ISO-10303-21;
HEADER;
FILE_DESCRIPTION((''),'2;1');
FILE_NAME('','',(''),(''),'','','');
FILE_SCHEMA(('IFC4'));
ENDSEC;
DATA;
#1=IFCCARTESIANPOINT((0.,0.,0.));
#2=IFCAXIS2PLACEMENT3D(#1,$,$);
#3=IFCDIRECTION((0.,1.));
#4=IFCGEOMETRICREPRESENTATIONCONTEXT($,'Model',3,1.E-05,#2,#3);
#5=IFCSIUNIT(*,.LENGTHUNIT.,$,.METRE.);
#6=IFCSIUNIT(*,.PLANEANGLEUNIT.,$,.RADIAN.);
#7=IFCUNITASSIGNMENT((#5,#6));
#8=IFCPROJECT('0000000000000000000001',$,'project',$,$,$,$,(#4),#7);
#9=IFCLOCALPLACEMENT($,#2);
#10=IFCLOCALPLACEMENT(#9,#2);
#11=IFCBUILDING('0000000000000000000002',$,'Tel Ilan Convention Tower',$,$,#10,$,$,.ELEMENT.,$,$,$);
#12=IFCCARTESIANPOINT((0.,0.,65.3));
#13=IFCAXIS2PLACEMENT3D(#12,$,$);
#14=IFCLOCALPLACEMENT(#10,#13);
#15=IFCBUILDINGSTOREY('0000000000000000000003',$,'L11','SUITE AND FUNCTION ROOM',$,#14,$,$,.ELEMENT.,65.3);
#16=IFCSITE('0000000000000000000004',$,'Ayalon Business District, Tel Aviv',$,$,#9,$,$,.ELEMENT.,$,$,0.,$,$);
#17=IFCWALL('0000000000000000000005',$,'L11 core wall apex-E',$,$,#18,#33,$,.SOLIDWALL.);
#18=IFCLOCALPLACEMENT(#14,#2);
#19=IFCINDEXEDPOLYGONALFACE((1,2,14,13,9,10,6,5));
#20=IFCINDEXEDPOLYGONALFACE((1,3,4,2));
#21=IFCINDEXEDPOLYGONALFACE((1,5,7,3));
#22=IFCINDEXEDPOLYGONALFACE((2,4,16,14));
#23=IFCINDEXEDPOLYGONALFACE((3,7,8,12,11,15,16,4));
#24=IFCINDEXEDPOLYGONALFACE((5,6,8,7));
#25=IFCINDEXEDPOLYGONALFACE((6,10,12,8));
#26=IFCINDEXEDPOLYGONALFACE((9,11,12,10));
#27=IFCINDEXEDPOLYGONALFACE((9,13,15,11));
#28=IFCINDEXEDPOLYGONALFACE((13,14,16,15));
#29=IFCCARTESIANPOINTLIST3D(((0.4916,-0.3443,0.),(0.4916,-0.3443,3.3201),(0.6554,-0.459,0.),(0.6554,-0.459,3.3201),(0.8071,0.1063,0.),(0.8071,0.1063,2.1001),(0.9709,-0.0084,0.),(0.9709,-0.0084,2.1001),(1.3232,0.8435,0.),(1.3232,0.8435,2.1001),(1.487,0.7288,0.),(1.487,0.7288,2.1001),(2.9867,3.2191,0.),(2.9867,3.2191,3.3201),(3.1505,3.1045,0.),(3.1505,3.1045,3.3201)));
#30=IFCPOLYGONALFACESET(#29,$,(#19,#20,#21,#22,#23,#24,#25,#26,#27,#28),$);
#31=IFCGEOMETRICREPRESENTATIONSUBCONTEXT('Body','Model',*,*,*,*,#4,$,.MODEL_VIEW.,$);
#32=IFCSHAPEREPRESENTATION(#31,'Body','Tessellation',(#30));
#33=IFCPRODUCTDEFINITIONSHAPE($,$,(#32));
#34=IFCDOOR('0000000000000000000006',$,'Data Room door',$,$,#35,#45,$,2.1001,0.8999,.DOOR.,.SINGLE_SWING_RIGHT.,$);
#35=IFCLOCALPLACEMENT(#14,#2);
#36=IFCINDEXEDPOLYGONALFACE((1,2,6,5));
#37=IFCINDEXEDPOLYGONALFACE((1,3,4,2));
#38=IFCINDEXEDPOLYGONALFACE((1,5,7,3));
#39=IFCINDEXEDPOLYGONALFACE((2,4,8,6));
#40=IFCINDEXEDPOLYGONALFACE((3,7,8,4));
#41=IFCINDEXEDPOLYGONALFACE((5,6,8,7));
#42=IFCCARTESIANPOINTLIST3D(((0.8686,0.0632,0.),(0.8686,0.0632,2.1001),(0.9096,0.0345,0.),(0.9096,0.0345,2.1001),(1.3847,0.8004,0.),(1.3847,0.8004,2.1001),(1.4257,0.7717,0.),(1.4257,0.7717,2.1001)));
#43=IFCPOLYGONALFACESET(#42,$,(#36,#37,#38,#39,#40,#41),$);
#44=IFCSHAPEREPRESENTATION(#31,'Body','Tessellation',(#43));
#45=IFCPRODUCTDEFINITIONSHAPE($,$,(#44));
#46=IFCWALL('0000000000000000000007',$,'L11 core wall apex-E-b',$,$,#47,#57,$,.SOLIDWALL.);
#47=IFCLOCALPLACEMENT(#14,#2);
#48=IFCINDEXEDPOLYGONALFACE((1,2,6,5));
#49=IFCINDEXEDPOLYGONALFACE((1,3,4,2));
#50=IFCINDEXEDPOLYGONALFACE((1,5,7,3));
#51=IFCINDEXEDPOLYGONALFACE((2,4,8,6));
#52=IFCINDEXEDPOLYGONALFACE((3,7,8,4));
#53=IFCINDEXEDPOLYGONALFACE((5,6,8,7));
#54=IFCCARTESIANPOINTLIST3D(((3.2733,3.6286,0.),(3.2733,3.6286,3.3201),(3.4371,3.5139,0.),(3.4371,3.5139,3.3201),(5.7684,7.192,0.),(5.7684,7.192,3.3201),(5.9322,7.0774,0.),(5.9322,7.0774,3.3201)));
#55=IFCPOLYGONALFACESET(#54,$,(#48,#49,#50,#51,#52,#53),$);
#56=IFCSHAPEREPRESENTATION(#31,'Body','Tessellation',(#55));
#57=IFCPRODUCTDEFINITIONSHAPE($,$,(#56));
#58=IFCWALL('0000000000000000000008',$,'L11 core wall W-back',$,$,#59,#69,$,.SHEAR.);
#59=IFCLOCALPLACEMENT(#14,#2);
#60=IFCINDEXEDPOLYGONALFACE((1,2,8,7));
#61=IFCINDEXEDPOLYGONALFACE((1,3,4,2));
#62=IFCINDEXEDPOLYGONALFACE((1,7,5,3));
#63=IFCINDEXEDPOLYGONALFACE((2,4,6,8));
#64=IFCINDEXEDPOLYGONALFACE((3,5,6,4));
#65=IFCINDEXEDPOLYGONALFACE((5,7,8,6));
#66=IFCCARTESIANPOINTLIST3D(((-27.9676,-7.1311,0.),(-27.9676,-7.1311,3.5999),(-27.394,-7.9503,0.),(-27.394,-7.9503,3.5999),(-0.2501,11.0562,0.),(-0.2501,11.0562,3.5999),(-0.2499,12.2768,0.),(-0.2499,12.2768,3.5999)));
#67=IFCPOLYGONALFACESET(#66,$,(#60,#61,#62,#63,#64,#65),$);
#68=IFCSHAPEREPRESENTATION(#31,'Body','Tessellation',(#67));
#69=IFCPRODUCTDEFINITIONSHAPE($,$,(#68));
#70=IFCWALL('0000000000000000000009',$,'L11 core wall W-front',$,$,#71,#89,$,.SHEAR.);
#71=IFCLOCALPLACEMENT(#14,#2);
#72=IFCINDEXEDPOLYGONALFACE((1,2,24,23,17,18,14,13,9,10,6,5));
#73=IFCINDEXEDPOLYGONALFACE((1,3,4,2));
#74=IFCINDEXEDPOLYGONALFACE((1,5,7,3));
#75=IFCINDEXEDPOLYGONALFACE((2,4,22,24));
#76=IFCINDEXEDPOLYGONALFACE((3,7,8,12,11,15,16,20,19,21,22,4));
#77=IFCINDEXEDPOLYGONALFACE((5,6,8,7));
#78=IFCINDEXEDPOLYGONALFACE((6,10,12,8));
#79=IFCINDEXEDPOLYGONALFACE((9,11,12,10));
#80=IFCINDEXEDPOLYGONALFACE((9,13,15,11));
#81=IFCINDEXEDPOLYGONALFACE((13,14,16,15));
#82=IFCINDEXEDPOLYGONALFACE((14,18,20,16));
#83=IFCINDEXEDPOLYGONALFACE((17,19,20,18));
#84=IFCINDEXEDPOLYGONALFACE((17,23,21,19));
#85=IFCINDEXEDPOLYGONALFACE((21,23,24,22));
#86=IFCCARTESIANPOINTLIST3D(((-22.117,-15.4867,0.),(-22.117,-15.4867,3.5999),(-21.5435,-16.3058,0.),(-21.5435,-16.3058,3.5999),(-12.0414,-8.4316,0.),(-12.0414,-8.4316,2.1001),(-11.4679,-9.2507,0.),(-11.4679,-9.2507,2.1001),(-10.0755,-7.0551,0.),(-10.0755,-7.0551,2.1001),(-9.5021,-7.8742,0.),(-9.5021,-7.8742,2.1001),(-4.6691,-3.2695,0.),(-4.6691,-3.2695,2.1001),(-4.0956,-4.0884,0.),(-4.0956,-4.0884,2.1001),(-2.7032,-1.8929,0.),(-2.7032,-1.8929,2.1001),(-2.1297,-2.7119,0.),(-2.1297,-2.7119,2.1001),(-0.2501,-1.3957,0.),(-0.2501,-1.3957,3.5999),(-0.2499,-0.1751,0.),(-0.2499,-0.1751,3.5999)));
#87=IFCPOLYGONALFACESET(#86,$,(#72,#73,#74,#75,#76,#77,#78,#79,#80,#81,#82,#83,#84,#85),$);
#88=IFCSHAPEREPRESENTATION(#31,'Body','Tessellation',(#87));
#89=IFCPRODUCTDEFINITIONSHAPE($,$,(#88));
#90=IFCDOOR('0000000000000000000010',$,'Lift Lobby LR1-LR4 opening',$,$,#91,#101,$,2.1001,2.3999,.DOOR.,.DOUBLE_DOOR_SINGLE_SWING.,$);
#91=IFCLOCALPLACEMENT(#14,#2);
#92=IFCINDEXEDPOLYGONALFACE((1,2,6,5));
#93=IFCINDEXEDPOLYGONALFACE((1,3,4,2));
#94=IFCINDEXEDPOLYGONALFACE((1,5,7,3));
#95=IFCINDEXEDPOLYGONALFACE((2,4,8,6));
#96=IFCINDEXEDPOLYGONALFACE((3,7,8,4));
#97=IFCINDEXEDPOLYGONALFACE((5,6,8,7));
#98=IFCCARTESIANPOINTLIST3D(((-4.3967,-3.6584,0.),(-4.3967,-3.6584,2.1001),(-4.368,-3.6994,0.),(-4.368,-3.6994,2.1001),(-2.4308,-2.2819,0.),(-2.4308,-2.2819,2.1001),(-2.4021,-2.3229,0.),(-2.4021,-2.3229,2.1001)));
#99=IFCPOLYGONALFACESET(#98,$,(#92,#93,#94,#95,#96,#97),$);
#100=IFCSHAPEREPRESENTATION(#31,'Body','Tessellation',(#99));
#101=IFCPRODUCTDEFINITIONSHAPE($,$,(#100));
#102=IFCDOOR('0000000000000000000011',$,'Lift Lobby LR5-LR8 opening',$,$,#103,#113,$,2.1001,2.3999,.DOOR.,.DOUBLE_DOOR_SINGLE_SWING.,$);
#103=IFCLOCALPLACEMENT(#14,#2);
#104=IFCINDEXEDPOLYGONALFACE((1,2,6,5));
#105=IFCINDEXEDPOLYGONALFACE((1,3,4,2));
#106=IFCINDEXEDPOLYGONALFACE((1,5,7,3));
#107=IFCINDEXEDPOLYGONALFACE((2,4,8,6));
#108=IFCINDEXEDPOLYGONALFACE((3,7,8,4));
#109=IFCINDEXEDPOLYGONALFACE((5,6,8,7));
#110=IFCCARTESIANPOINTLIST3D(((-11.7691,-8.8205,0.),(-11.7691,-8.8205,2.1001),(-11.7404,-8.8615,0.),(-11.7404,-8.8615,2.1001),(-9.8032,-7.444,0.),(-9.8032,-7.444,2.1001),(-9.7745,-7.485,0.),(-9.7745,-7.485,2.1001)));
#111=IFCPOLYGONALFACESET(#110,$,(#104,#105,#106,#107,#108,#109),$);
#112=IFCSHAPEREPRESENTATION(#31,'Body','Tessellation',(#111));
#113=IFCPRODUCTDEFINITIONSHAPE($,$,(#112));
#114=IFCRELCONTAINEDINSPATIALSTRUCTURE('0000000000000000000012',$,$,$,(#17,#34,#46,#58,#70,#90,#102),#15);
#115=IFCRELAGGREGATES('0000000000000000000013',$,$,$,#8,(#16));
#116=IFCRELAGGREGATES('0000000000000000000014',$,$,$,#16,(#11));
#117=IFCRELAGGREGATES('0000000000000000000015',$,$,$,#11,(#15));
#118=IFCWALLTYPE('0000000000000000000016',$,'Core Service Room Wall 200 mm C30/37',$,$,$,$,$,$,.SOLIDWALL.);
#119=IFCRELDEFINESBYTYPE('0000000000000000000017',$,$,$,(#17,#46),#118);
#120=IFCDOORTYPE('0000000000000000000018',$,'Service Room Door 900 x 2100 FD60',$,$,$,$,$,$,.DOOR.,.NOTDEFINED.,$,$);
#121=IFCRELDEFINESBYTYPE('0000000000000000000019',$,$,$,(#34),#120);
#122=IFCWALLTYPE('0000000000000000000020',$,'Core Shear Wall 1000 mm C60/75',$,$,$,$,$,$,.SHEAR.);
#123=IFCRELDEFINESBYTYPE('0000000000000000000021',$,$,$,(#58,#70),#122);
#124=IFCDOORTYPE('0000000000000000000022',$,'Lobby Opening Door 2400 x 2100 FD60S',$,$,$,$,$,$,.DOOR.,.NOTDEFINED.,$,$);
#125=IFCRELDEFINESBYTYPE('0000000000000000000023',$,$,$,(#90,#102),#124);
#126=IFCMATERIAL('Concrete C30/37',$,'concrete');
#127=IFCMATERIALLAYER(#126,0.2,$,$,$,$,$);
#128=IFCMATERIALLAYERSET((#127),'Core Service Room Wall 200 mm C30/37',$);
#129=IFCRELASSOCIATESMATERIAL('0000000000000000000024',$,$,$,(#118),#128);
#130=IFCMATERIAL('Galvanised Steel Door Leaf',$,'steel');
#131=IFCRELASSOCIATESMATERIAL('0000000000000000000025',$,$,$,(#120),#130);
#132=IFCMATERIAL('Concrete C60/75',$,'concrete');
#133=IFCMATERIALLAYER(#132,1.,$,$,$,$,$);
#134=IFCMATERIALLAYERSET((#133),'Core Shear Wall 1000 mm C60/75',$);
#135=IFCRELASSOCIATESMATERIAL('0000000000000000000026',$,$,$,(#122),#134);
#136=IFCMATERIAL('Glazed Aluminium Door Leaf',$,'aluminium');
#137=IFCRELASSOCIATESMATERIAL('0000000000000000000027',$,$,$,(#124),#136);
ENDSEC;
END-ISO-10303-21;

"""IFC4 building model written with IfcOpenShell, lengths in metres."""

from ifc_helpers import new_model, si_unit, direction, frame, frame_2d, origin, place, context, subcontext, project, spatial, polyline, rectangle, outline, extrude, material, layer, layer_set, type_object, element, fill, save


model = new_model("IFC4")

# Units and contexts
model_context = context("Model", 3, precision=1e-05, world=origin(), true_north=direction((0.0, 1.0)))
body_context = subcontext(model_context, "Body", "Model", "MODEL_VIEW")
ifc_project = project(units=[si_unit("LENGTHUNIT", "METRE"), si_unit("PLANEANGLEUNIT", "RADIAN")], contexts=[model_context])

# Site, building, storey
site_placement = place(None, origin())
site = spatial("IfcSite", under=ifc_project, at=site_placement, Name="Ayalon Business District, Tel Aviv", CompositionType="ELEMENT", RefElevation=0.0)
building_placement = place(site_placement, origin())
building = spatial("IfcBuilding", under=site, at=building_placement, Name="Tel Ilan Convention Tower", CompositionType="ELEMENT")
storey_placement = place(building_placement, frame((0.0, 0.0, 65.3)))
storey = spatial("IfcBuildingStorey", under=building, at=storey_placement, Name="L11", Description="SUITE AND FUNCTION ROOM", CompositionType="ELEMENT", Elevation=65.3)

# Wall, opening, door
ifc_material_1 = material(Name="Concrete C30/37", Category="concrete")
ifc_layer_1 = layer(ifc_material_1, 0.2)
ifc_layer_set_1 = layer_set([ifc_layer_1], Name="Core Service Room Wall 200 mm C30/37")
wall_type_1 = type_object("IfcWallType", Name="Core Service Room Wall 200 mm C30/37", PredefinedType="SOLIDWALL", material=ifc_layer_set_1)
wall_1_placement = place(storey_placement, frame((0.5735, -0.4016, 0.0), z_axis=(0.0, 0.0, 1.0), x_axis=(0.573568, 0.819158, 0.0)))
wall_1 = element("IfcWall", 1, at=wall_1_placement, inside=storey, type_object=wall_type_1, Name="L11 core wall apex-E", PredefinedType="SOLIDWALL", context=body_context, shape_type="SweptSolid", body=[
    extrude(rectangle(XDim=4.3501, YDim=0.2, at=frame_2d((2.175, 0.0))), origin(), (0.0, 0.0, 1.0), 3.3201),
])
opening_1_placement = place(wall_1_placement, frame((0.55, 0.0, 0.0)))
opening_1 = element("IfcOpeningElement", 2, at=opening_1_placement, cuts=wall_1, PredefinedType="OPENING", context=body_context, shape_type="SweptSolid", body=[
    extrude(rectangle(XDim=0.8999, YDim=2.1001, at=frame_2d((0.45, 1.05))), frame((0.0, 0.1099, 0.0), z_axis=(0.0, -1.0, 0.0), x_axis=(1.0, 0.0, 0.0)), (0.0, 0.0, 1.0), 0.22),
])
ifc_material_2 = material(Name="Galvanised Steel Door Leaf", Category="steel")
door_type_1 = type_object("IfcDoorType", Name="Service Room Door 900 x 2100 FD60", OperationType="NOTDEFINED", PredefinedType="DOOR", material=ifc_material_2)
door_1_placement = place(opening_1_placement, origin())
door_1 = element("IfcDoor", 3, at=door_1_placement, inside=storey, type_object=door_type_1, Name="Data Room door", OperationType="SINGLE_SWING_RIGHT", OverallHeight=2.1001, OverallWidth=0.8999, PredefinedType="DOOR", context=body_context, shape_type="SweptSolid", body=[
    extrude(rectangle(XDim=0.8999, YDim=2.1001, at=frame_2d((0.45, 1.05))), frame((0.0, 0.0249, 0.0), z_axis=(0.0, -1.0, 0.0), x_axis=(1.0, 0.0, 0.0)), (0.0, 0.0, 1.0), 0.05),
])
fill(opening_1, door_1)

# Walls
wall_2_placement = place(storey_placement, frame((3.3552, 3.5713, 0.0), z_axis=(0.0, 0.0, 1.0), x_axis=(0.573568, 0.819158, 0.0)))
element("IfcWall", 4, at=wall_2_placement, inside=storey, type_object=wall_type_1, Name="L11 core wall apex-E-b", PredefinedType="SOLIDWALL", context=body_context, shape_type="SweptSolid", body=[
    extrude(rectangle(XDim=4.3501, YDim=0.2, at=frame_2d((2.175, 0.0))), origin(), (0.0, 0.0, 1.0), 3.3201),
])
ifc_material_3 = material(Name="Concrete C60/75", Category="concrete")
ifc_layer_2 = layer(ifc_material_3, 1.0)
ifc_layer_set_2 = layer_set([ifc_layer_2], Name="Core Shear Wall 1000 mm C60/75")
wall_type_2 = type_object("IfcWallType", Name="Core Shear Wall 1000 mm C60/75", PredefinedType="SHEAR", material=ifc_layer_set_2)
wall_3_placement = place(storey_placement, frame((0.0369, 11.8672, 0.0), z_axis=(0.0, 0.0, 1.0), x_axis=(-0.819155, -0.573572, 0.0)))
element("IfcWall", 5, at=wall_3_placement, inside=storey, type_object=wall_type_2, Name="L11 core wall W-back", PredefinedType="SHEAR", context=body_context, shape_type="SweptSolid", body=[
    extrude(outline(polyline([(33.8369, 0.5), (0.7002, 0.4998), (0.0, -0.5), (33.8369, -0.5), (33.8369, 0.5)])), origin(), (0.0, 0.0, 1.0), 3.5999),
])

# Wall, openings, doors
wall_4_placement = place(storey_placement, frame((0.0369, -0.5847, 0.0), z_axis=(0.0, 0.0, 1.0), x_axis=(-0.819157, -0.573569, 0.0)))
wall_4 = element("IfcWall", 6, at=wall_4_placement, inside=storey, type_object=wall_type_2, Name="L11 core wall W-front", PredefinedType="SHEAR", context=body_context, shape_type="SweptSolid", body=[
    extrude(outline(polyline([(26.6948, 0.5002), (0.7002, 0.4998), (0.0, -0.5), (26.6948, -0.4998), (26.6948, 0.5002)])), origin(), (0.0, 0.0, 1.0), 3.5999),
])
opening_2_placement = place(wall_4_placement, frame((2.9949, 0.0, 0.0)))
opening_2 = element("IfcOpeningElement", 7, at=opening_2_placement, cuts=wall_4, PredefinedType="OPENING", context=body_context, shape_type="SweptSolid", body=[
    extrude(rectangle(XDim=2.3999, YDim=2.1001, at=frame_2d((1.2, 1.05))), frame((0.0, 0.51, 0.0), z_axis=(0.0, -1.0, 0.0), x_axis=(1.0, 0.0, 0.0)), (0.0, 0.0, 1.0), 1.02),
])
opening_3_placement = place(wall_4_placement, frame((11.9949, 0.0, 0.0)))
opening_3 = element("IfcOpeningElement", 8, at=opening_3_placement, cuts=wall_4, PredefinedType="OPENING", context=body_context, shape_type="SweptSolid", body=[
    extrude(rectangle(XDim=2.3999, YDim=2.1001, at=frame_2d((1.2, 1.05))), frame((0.0, 0.51, 0.0), z_axis=(0.0, -1.0, 0.0), x_axis=(1.0, 0.0, 0.0)), (0.0, 0.0, 1.0), 1.02),
])
ifc_material_4 = material(Name="Glazed Aluminium Door Leaf", Category="aluminium")
door_type_2 = type_object("IfcDoorType", Name="Lobby Opening Door 2400 x 2100 FD60S", OperationType="NOTDEFINED", PredefinedType="DOOR", material=ifc_material_4)
door_2_placement = place(opening_2_placement, origin())
door_2 = element("IfcDoor", 9, at=door_2_placement, inside=storey, type_object=door_type_2, Name="Lift Lobby LR1-LR4 opening", OperationType="DOUBLE_DOOR_SINGLE_SWING", OverallHeight=2.1001, OverallWidth=2.3999, PredefinedType="DOOR", context=body_context, shape_type="SweptSolid", body=[
    extrude(rectangle(XDim=2.3999, YDim=2.1001, at=frame_2d((1.2, 1.05))), frame((0.0, 0.0249, 0.0), z_axis=(0.0, -1.0, 0.0), x_axis=(1.0, 0.0, 0.0)), (0.0, 0.0, 1.0), 0.05),
])
fill(opening_2, door_2)
door_3_placement = place(opening_3_placement, origin())
door_3 = element("IfcDoor", 10, at=door_3_placement, inside=storey, type_object=door_type_2, Name="Lift Lobby LR5-LR8 opening", OperationType="DOUBLE_DOOR_SINGLE_SWING", OverallHeight=2.1001, OverallWidth=2.3999, PredefinedType="DOOR", context=body_context, shape_type="SweptSolid", body=[
    extrude(rectangle(XDim=2.3999, YDim=2.1001, at=frame_2d((1.2, 1.05))), frame((0.0, 0.0249, 0.0), z_axis=(0.0, -1.0, 0.0), x_axis=(1.0, 0.0, 0.0)), (0.0, 0.0, 1.0), 0.05),
])
fill(opening_3, door_3)

save(model, "model.ifc")
